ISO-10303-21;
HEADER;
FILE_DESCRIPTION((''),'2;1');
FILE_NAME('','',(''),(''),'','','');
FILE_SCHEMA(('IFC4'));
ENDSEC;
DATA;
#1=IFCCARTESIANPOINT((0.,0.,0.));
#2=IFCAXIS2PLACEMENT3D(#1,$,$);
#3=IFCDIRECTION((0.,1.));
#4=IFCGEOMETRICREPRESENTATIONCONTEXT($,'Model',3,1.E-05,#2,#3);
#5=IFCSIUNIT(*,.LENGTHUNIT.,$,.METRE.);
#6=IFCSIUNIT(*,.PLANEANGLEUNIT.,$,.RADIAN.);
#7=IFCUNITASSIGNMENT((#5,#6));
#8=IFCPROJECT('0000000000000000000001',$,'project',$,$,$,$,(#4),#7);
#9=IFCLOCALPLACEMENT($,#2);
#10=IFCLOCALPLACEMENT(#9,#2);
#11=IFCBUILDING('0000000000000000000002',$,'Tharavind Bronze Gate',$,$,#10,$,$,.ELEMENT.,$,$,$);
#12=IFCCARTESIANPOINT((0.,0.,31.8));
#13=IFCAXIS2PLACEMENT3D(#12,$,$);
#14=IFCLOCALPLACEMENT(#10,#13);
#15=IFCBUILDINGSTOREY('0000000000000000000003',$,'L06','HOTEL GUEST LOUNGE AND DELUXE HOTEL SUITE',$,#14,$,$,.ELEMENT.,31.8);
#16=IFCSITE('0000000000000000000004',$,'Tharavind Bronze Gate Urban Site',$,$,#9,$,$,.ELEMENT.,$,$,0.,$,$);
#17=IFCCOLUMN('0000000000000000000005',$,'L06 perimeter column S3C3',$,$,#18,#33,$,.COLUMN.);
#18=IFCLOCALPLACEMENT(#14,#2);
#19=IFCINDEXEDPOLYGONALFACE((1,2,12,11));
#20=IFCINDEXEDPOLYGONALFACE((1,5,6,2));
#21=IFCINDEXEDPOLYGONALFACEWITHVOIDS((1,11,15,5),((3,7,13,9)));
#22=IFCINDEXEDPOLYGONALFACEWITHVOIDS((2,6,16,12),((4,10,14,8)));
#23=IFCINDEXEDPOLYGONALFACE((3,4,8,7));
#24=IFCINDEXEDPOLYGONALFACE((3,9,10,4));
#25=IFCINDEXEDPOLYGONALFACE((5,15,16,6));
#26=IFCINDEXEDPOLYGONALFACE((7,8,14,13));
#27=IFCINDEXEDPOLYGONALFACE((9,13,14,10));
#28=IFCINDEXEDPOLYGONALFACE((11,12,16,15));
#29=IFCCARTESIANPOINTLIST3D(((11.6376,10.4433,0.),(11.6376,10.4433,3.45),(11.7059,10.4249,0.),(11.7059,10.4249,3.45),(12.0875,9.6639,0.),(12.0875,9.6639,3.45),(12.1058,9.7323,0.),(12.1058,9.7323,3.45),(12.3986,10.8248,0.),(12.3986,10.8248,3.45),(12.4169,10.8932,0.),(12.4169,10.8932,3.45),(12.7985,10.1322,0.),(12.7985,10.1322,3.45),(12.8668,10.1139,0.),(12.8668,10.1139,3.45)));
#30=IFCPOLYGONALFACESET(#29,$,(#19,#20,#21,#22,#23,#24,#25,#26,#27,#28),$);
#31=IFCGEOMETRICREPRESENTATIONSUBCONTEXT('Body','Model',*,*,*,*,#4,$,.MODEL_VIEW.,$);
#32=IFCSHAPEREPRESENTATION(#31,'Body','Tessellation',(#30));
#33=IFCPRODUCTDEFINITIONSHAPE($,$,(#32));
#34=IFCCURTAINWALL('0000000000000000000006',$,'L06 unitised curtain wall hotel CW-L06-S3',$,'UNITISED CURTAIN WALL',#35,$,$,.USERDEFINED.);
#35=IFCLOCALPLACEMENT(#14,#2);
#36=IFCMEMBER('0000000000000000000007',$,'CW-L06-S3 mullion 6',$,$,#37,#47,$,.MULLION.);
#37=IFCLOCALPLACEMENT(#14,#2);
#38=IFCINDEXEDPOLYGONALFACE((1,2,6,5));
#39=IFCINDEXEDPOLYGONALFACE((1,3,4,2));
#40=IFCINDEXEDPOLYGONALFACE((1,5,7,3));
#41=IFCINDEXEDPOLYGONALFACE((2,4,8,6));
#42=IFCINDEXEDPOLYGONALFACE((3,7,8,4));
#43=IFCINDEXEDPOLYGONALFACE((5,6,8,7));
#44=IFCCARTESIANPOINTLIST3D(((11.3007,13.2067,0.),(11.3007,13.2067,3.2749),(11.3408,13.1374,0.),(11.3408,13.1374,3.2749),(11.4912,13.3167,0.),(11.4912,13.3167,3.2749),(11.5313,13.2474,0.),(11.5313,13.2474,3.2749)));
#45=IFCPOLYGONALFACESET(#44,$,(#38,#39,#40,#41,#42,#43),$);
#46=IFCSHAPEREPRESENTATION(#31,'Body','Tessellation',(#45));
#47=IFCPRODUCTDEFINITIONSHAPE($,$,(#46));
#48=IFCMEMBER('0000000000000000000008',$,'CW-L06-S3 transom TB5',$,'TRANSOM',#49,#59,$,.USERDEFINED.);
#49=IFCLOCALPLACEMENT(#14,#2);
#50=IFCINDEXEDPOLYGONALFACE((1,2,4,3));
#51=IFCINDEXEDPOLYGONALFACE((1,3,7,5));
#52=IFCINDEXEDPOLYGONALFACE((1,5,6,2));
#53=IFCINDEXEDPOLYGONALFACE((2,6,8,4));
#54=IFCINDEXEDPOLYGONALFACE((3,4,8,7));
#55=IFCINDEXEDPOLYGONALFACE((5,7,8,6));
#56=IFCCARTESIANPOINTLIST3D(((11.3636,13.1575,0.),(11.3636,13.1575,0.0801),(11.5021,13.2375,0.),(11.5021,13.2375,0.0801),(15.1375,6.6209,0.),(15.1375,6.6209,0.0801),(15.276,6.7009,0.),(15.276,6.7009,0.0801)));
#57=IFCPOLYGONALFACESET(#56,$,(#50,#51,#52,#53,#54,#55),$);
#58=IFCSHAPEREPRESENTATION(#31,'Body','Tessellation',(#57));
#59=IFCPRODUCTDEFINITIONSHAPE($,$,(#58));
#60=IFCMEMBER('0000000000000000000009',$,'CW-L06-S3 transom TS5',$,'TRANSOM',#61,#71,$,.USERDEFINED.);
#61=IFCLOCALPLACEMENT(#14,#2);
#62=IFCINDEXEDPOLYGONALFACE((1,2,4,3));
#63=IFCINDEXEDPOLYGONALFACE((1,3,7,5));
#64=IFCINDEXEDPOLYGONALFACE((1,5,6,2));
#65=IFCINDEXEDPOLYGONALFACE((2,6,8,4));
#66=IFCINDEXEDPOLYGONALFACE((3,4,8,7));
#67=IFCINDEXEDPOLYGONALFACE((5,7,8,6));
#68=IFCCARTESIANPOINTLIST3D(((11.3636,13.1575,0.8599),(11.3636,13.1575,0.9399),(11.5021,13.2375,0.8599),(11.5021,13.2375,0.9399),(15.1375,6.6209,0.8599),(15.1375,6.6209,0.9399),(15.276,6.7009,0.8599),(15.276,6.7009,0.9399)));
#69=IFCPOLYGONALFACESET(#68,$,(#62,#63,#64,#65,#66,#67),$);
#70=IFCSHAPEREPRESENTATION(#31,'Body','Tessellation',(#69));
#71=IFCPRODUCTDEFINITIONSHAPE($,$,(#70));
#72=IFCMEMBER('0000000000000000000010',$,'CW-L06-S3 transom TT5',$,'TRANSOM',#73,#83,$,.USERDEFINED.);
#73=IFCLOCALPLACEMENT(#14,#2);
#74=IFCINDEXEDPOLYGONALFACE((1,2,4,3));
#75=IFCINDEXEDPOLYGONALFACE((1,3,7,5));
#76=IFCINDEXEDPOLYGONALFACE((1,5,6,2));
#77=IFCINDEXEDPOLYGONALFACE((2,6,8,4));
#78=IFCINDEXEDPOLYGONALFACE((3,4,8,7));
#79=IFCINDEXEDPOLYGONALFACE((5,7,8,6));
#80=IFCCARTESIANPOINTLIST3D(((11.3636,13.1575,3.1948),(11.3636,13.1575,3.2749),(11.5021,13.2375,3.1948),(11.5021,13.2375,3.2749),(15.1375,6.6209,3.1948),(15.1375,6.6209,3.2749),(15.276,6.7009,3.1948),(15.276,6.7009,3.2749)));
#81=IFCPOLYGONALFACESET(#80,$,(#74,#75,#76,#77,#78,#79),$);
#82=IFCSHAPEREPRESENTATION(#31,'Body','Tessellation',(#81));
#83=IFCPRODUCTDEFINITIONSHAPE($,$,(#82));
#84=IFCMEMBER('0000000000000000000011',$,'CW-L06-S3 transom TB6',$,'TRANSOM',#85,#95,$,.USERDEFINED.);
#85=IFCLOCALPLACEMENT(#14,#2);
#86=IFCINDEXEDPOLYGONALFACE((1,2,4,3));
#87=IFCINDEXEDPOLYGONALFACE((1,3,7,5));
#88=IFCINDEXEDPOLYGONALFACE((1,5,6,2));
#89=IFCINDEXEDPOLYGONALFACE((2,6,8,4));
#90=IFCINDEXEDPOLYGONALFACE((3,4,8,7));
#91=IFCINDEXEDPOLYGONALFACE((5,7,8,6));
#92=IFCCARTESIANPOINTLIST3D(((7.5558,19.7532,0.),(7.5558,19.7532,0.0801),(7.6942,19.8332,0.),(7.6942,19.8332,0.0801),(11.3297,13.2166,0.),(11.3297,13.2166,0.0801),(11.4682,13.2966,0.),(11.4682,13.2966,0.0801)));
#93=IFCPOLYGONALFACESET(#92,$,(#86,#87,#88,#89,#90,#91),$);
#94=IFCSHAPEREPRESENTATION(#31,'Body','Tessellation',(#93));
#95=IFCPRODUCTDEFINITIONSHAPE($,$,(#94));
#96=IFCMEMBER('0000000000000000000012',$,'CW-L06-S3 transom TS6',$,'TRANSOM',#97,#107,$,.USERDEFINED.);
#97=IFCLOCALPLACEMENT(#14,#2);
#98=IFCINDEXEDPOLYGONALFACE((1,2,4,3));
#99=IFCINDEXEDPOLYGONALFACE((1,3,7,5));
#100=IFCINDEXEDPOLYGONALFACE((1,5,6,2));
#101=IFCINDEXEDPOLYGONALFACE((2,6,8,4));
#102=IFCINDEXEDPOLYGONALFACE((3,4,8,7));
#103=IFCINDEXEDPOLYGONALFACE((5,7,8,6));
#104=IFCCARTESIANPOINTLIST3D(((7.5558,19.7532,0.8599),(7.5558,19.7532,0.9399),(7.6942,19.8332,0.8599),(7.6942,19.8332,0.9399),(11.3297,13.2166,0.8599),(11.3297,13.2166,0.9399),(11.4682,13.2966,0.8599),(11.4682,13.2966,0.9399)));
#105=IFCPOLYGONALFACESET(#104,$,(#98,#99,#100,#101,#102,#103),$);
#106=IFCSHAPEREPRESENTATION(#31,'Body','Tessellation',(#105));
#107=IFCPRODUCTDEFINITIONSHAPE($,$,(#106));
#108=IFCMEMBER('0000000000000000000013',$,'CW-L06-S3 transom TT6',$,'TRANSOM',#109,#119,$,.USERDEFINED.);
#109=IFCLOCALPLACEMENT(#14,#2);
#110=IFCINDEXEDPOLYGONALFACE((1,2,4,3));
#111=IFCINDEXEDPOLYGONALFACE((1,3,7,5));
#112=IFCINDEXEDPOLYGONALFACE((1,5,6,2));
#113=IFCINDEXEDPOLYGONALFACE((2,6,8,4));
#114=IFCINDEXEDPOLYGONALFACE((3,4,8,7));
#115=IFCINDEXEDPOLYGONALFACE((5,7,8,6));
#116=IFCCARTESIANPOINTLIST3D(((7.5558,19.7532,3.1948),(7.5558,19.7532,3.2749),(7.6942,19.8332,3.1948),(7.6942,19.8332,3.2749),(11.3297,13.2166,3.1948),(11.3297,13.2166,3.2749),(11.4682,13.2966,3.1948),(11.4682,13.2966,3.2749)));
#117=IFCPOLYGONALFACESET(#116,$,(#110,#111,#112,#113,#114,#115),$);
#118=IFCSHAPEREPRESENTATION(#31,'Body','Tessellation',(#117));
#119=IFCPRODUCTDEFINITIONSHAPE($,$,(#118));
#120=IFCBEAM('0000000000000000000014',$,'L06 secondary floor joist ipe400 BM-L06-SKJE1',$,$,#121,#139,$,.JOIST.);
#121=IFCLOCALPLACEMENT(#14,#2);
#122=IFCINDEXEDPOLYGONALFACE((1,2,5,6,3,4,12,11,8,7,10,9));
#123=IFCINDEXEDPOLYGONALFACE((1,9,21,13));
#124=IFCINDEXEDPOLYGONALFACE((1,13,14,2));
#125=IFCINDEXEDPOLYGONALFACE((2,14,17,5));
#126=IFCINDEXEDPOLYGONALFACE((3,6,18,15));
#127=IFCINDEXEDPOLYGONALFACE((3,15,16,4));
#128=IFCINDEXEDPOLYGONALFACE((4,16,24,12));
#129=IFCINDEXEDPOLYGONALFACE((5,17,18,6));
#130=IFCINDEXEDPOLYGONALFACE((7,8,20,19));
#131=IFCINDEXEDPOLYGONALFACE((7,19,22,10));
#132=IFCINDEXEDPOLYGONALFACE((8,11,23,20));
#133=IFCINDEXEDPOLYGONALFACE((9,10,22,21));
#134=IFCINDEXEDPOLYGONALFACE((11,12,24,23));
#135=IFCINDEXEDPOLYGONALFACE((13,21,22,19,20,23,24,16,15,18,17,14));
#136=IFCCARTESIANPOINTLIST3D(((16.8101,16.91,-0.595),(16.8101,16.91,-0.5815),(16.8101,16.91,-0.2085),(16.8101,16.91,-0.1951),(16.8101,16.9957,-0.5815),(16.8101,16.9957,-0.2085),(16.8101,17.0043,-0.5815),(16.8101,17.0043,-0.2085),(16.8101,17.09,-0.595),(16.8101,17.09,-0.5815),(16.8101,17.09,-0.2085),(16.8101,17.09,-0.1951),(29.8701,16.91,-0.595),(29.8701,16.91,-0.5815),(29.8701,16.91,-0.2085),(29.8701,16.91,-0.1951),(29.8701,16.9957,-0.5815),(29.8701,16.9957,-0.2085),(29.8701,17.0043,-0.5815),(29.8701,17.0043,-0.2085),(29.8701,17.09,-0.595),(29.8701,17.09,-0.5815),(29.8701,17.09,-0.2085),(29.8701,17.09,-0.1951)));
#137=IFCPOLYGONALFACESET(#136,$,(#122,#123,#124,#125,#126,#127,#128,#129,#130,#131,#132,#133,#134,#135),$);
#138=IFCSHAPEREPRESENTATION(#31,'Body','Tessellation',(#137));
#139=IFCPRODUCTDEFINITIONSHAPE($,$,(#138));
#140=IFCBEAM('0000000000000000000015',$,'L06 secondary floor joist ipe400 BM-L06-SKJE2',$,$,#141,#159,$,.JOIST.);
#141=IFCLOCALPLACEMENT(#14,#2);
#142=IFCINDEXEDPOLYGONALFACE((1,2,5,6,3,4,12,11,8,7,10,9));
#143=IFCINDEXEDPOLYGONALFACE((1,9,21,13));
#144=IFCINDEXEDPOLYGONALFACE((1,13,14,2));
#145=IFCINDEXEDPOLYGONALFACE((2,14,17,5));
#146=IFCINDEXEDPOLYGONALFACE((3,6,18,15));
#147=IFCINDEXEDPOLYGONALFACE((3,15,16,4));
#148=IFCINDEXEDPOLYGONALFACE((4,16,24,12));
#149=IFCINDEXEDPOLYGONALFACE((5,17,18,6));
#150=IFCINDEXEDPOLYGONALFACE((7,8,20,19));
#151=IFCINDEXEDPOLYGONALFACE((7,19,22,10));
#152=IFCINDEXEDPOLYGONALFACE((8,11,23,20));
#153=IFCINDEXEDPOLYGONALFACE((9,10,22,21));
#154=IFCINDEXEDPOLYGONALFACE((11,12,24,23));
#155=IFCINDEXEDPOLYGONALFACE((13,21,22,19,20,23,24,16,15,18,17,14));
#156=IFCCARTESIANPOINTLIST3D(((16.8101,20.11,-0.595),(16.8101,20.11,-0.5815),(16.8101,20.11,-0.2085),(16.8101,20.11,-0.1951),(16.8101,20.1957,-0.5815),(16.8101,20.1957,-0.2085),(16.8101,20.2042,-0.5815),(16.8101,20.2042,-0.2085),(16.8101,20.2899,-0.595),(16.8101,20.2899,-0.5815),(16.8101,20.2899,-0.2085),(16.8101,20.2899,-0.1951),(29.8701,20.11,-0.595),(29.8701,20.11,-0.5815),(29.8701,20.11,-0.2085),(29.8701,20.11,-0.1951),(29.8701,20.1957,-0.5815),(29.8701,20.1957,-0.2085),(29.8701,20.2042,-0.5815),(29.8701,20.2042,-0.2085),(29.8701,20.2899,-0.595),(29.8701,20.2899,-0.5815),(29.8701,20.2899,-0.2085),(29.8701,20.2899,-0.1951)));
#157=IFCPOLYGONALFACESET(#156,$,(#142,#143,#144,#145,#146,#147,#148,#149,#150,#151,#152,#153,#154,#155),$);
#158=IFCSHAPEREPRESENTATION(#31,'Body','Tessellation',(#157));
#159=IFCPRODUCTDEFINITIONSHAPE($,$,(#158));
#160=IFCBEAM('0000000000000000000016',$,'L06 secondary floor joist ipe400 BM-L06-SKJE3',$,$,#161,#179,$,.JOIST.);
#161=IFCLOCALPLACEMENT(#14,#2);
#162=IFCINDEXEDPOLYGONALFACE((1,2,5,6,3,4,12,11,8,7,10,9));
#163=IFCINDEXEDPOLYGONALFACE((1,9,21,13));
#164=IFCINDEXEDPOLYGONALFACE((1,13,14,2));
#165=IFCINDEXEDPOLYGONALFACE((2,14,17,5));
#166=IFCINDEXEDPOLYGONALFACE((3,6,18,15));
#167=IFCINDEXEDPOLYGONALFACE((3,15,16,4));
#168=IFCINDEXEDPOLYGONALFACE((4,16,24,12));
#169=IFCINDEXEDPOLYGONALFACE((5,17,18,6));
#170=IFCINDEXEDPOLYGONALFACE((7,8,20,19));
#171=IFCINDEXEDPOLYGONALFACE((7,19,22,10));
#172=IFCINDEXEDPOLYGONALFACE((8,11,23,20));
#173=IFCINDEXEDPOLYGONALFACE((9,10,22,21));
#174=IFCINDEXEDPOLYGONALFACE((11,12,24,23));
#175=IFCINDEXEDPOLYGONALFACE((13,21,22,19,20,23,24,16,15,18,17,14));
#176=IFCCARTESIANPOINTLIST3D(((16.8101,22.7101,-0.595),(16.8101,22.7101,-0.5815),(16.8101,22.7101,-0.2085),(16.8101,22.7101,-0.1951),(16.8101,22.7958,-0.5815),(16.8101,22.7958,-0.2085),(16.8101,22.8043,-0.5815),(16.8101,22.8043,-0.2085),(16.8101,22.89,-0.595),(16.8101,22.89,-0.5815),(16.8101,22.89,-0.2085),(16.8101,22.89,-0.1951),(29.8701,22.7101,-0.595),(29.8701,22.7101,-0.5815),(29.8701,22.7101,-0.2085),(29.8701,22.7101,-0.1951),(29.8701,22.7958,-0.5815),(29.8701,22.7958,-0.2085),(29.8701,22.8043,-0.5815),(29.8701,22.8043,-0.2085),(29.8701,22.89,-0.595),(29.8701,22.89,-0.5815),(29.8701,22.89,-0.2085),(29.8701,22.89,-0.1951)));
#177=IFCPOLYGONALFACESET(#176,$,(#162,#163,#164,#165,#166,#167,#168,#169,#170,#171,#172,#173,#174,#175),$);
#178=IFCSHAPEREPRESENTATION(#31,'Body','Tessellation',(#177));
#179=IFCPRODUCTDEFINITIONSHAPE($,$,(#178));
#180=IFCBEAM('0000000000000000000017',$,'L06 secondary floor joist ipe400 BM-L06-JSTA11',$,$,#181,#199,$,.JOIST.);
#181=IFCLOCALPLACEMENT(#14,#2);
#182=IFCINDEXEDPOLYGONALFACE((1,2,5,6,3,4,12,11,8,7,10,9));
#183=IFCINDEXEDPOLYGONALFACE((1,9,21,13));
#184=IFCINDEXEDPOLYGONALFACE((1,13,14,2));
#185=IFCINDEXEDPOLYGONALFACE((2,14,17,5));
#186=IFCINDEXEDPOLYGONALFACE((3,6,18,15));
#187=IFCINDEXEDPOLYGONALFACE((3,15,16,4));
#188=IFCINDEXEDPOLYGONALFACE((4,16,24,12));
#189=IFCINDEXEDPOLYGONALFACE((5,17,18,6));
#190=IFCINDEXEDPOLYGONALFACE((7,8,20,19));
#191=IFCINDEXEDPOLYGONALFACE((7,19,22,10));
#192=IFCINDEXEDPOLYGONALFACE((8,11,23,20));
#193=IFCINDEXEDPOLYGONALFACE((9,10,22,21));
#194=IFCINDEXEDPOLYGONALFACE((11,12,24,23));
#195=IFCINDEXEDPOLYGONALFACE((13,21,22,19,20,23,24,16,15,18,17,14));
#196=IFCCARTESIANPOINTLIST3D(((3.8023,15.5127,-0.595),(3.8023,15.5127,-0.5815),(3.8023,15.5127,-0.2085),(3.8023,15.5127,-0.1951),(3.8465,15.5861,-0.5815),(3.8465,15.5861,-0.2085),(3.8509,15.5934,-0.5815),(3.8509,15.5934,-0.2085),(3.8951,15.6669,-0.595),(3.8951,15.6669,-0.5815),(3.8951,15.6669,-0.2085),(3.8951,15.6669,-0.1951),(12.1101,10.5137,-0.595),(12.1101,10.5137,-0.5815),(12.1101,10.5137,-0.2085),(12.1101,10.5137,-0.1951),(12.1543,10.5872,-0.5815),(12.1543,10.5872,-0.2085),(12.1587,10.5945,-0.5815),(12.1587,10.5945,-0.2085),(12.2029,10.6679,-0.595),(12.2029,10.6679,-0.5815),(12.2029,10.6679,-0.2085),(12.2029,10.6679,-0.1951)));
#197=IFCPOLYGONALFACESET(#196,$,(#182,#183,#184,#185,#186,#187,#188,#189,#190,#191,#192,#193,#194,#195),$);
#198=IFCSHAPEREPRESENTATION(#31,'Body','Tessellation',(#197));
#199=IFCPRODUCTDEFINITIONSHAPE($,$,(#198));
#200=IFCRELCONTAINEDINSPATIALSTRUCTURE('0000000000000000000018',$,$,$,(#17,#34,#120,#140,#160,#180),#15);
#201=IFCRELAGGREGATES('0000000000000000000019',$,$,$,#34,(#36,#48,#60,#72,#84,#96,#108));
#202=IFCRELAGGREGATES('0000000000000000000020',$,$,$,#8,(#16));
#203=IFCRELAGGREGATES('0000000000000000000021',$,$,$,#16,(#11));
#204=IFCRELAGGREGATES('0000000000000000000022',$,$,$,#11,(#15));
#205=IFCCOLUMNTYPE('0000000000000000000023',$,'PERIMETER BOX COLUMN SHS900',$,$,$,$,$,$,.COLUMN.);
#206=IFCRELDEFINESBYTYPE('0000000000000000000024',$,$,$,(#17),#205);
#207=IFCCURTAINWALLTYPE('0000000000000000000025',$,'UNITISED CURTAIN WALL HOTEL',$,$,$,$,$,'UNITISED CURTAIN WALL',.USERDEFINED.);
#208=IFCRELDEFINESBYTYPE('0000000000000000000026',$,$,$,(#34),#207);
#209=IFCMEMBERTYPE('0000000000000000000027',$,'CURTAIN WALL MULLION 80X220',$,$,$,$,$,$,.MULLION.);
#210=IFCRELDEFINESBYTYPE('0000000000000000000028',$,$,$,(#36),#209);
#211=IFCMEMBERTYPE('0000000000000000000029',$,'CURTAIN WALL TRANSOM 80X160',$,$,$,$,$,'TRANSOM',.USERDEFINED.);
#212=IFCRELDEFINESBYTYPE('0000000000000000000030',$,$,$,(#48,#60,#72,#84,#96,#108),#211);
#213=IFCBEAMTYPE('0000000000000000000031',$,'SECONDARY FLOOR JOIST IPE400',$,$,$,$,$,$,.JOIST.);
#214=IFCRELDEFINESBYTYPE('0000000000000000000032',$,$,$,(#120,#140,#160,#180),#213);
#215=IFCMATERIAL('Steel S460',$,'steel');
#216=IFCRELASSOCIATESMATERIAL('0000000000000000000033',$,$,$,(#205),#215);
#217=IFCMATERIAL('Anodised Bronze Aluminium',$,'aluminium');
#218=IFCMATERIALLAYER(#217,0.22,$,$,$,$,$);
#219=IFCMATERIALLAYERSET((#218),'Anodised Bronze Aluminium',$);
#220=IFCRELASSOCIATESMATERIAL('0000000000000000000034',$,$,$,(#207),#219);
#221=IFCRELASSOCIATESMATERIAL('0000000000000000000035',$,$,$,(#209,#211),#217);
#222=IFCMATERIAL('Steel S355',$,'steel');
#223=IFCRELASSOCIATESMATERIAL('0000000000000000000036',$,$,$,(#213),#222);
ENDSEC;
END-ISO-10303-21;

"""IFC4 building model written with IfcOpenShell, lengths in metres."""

from ifc_helpers import new_model, si_unit, direction, frame, origin, origin_2d, place, context, subcontext, project, spatial, rectangle, hollow_rectangle, i_section, extrude, material, layer, layer_set, material_profile, profile_set, type_object, element, aggregate, save


model = new_model("IFC4")

# Units and contexts
model_context = context("Model", 3, precision=1e-05, world=origin(), true_north=direction((0.0, 1.0)))
body_context = subcontext(model_context, "Body", "Model", "MODEL_VIEW")
ifc_project = project(units=[si_unit("LENGTHUNIT", "METRE"), si_unit("PLANEANGLEUNIT", "RADIAN")], contexts=[model_context])

# Site, building, storey
site_placement = place(None, origin())
site = spatial("IfcSite", under=ifc_project, at=site_placement, Name="Tharavind Bronze Gate Urban Site", CompositionType="ELEMENT", RefElevation=0.0)
building_placement = place(site_placement, origin())
building = spatial("IfcBuilding", under=site, at=building_placement, Name="Tharavind Bronze Gate", CompositionType="ELEMENT")
storey_placement = place(building_placement, frame((0.0, 0.0, 31.8)))
storey = spatial("IfcBuildingStorey", under=building, at=storey_placement, Name="L06", Description="HOTEL GUEST LOUNGE AND DELUXE HOTEL SUITE", CompositionType="ELEMENT", Elevation=31.8)

# Column
ifc_material_1 = material(Name="Steel S460", Category="steel")
ifc_material_profile_1 = material_profile(ifc_material_1, hollow_rectangle(XDim=0.8999, YDim=0.8999, WallThickness=0.05, at=origin_2d()), Name="SHS900X50")
ifc_profile_set_1 = profile_set([ifc_material_profile_1], Name="Steel S460")
column_type = type_object("IfcColumnType", Name="PERIMETER BOX COLUMN SHS900", PredefinedType="COLUMN", material=ifc_profile_set_1)
column_placement = place(storey_placement, frame((12.2522, 10.2786, 0.0), z_axis=(0.0, 0.0, 1.0), x_axis=(-0.500002, 0.866025, 0.0)))
element("IfcColumn", 1, at=column_placement, inside=storey, type_object=column_type, Name="L06 perimeter column S3C3", PredefinedType="COLUMN", context=body_context, shape_type="SweptSolid", body=[
    extrude(hollow_rectangle(XDim=0.8999, YDim=0.8999, WallThickness=0.05, at=origin_2d()), origin(), (0.0, 0.0, 1.0), 3.45),
])

# Curtain wall, members
ifc_material_2 = material(Name="Anodised Bronze Aluminium", Category="aluminium")
ifc_layer_1 = layer(ifc_material_2, 0.22)
ifc_layer_set_1 = layer_set([ifc_layer_1], Name="Anodised Bronze Aluminium")
curtain_wall_type = type_object("IfcCurtainWallType", Name="UNITISED CURTAIN WALL HOTEL", ElementType="UNITISED CURTAIN WALL", PredefinedType="USERDEFINED", material=ifc_layer_set_1)
curtain_wall_placement = place(storey_placement, origin())
curtain_wall = element("IfcCurtainWall", 2, at=curtain_wall_placement, inside=storey, type_object=curtain_wall_type, Name="L06 unitised curtain wall hotel CW-L06-S3", ObjectType="UNITISED CURTAIN WALL", PredefinedType="USERDEFINED")
member_type_1 = type_object("IfcMemberType", Name="CURTAIN WALL MULLION 80X220", PredefinedType="MULLION", material=ifc_material_2)
member_1_placement = place(storey_placement, frame((11.416, 13.2271, 0.0), z_axis=(0.0, 0.0, 1.0), x_axis=(-0.500002, 0.866025, 0.0)))
member_1 = element("IfcMember", 3, at=member_1_placement, type_object=member_type_1, Name="CW-L06-S3 mullion 6", PredefinedType="MULLION", context=body_context, shape_type="SweptSolid", body=[
    extrude(rectangle(XDim=0.0801, YDim=0.22, at=origin_2d()), origin(), (0.0, 0.0, 1.0), 3.2749),
])
member_type_2 = type_object("IfcMemberType", Name="CURTAIN WALL TRANSOM 80X160", ElementType="TRANSOM", PredefinedType="USERDEFINED", material=ifc_material_2)
member_2_placement = place(storey_placement, frame((13.3198, 9.9292, 0.0), z_axis=(0.0, 0.0, 1.0), x_axis=(-0.500002, 0.866025, 0.0)))
member_2 = element("IfcMember", 4, at=member_2_placement, type_object=member_type_2, Name="CW-L06-S3 transom TB5", ObjectType="TRANSOM", PredefinedType="USERDEFINED", context=body_context, shape_type="SweptSolid", body=[
    extrude(rectangle(XDim=7.5479, YDim=0.1599, at=origin_2d()), origin(), (0.0, 0.0, 1.0), 0.0801),
])
member_3_placement = place(storey_placement, frame((13.3198, 9.9292, 0.8599), z_axis=(0.0, 0.0, 1.0), x_axis=(-0.500002, 0.866025, 0.0)))
member_3 = element("IfcMember", 5, at=member_3_placement, type_object=member_type_2, Name="CW-L06-S3 transom TS5", ObjectType="TRANSOM", PredefinedType="USERDEFINED", context=body_context, shape_type="SweptSolid", body=[
    extrude(rectangle(XDim=7.5479, YDim=0.1599, at=origin_2d()), origin(), (0.0, 0.0, 1.0), 0.0801),
])
member_4_placement = place(storey_placement, frame((13.3198, 9.9292, 3.1948), z_axis=(0.0, 0.0, 1.0), x_axis=(-0.500002, 0.866025, 0.0)))
member_4 = element("IfcMember", 6, at=member_4_placement, type_object=member_type_2, Name="CW-L06-S3 transom TT5", ObjectType="TRANSOM", PredefinedType="USERDEFINED", context=body_context, shape_type="SweptSolid", body=[
    extrude(rectangle(XDim=7.5479, YDim=0.1599, at=origin_2d()), origin(), (0.0, 0.0, 1.0), 0.0801),
])
member_5_placement = place(storey_placement, frame((9.512, 16.5249, 0.0), z_axis=(0.0, 0.0, 1.0), x_axis=(-0.500002, 0.866025, 0.0)))
member_5 = element("IfcMember", 7, at=member_5_placement, type_object=member_type_2, Name="CW-L06-S3 transom TB6", ObjectType="TRANSOM", PredefinedType="USERDEFINED", context=body_context, shape_type="SweptSolid", body=[
    extrude(rectangle(XDim=7.5479, YDim=0.1599, at=origin_2d()), origin(), (0.0, 0.0, 1.0), 0.0801),
])
member_6_placement = place(storey_placement, frame((9.512, 16.5249, 0.8599), z_axis=(0.0, 0.0, 1.0), x_axis=(-0.500002, 0.866025, 0.0)))
member_6 = element("IfcMember", 8, at=member_6_placement, type_object=member_type_2, Name="CW-L06-S3 transom TS6", ObjectType="TRANSOM", PredefinedType="USERDEFINED", context=body_context, shape_type="SweptSolid", body=[
    extrude(rectangle(XDim=7.5479, YDim=0.1599, at=origin_2d()), origin(), (0.0, 0.0, 1.0), 0.0801),
])
member_7_placement = place(storey_placement, frame((9.512, 16.5249, 3.1948), z_axis=(0.0, 0.0, 1.0), x_axis=(-0.500002, 0.866025, 0.0)))
member_7 = element("IfcMember", 9, at=member_7_placement, type_object=member_type_2, Name="CW-L06-S3 transom TT6", ObjectType="TRANSOM", PredefinedType="USERDEFINED", context=body_context, shape_type="SweptSolid", body=[
    extrude(rectangle(XDim=7.5479, YDim=0.1599, at=origin_2d()), origin(), (0.0, 0.0, 1.0), 0.0801),
])

# Beams
ifc_material_3 = material(Name="Steel S355", Category="steel")
ifc_material_profile_2 = material_profile(ifc_material_3, i_section(OverallWidth=0.1799, OverallDepth=0.3999, WebThickness=0.0085, FlangeThickness=0.0134, at=origin_2d()), Name="IPE400")
ifc_profile_set_2 = profile_set([ifc_material_profile_2], Name="Steel S355")
beam_type_1 = type_object("IfcBeamType", Name="SECONDARY FLOOR JOIST IPE400", PredefinedType="JOIST", material=ifc_profile_set_2)
for number, where, z_axis, x_axis, name in (
    (10, (16.8101, 17.0, -0.395), (1.0, 0.0, 0.0), (0.0, 1.0, 0.0), "L06 secondary floor joist ipe400 BM-L06-SKJE1"),
    (11, (16.8101, 20.2, -0.395), (1.0, 0.0, 0.0), (0.0, 1.0, 0.0), "L06 secondary floor joist ipe400 BM-L06-SKJE2"),
    (12, (16.8101, 22.8, -0.395), (1.0, 0.0, 0.0), (0.0, 1.0, 0.0), "L06 secondary floor joist ipe400 BM-L06-SKJE3"),
):
    element("IfcBeam", number, at=place(storey_placement, frame(where, z_axis=z_axis, x_axis=x_axis)), inside=storey, type_object=beam_type_1, Name=name, PredefinedType="JOIST", context=body_context, shape_type="SweptSolid", body=[
        extrude(i_section(OverallWidth=0.1799, OverallDepth=0.3999, WebThickness=0.0085, FlangeThickness=0.0134, at=origin_2d()), origin(), (0.0, 0.0, 1.0), 13.0601),
    ])
beam_1_placement = place(storey_placement, frame((12.1565, 10.5908, -0.395), z_axis=(-0.856841, 0.51558, 0.0), x_axis=(-0.51558, -0.856841, 0.0)))
element("IfcBeam", 13, at=beam_1_placement, inside=storey, type_object=beam_type_1, Name="L06 secondary floor joist ipe400 BM-L06-JSTA11", PredefinedType="JOIST", context=body_context, shape_type="SweptSolid", body=[
    extrude(i_section(OverallWidth=0.1799, OverallDepth=0.3999, WebThickness=0.0085, FlangeThickness=0.0134, at=origin_2d()), origin(), (0.0, 0.0, 1.0), 9.6958),
])

aggregate(curtain_wall, [member_1, member_2, member_3, member_4, member_5, member_6, member_7])

save(model, "model.ifc")
